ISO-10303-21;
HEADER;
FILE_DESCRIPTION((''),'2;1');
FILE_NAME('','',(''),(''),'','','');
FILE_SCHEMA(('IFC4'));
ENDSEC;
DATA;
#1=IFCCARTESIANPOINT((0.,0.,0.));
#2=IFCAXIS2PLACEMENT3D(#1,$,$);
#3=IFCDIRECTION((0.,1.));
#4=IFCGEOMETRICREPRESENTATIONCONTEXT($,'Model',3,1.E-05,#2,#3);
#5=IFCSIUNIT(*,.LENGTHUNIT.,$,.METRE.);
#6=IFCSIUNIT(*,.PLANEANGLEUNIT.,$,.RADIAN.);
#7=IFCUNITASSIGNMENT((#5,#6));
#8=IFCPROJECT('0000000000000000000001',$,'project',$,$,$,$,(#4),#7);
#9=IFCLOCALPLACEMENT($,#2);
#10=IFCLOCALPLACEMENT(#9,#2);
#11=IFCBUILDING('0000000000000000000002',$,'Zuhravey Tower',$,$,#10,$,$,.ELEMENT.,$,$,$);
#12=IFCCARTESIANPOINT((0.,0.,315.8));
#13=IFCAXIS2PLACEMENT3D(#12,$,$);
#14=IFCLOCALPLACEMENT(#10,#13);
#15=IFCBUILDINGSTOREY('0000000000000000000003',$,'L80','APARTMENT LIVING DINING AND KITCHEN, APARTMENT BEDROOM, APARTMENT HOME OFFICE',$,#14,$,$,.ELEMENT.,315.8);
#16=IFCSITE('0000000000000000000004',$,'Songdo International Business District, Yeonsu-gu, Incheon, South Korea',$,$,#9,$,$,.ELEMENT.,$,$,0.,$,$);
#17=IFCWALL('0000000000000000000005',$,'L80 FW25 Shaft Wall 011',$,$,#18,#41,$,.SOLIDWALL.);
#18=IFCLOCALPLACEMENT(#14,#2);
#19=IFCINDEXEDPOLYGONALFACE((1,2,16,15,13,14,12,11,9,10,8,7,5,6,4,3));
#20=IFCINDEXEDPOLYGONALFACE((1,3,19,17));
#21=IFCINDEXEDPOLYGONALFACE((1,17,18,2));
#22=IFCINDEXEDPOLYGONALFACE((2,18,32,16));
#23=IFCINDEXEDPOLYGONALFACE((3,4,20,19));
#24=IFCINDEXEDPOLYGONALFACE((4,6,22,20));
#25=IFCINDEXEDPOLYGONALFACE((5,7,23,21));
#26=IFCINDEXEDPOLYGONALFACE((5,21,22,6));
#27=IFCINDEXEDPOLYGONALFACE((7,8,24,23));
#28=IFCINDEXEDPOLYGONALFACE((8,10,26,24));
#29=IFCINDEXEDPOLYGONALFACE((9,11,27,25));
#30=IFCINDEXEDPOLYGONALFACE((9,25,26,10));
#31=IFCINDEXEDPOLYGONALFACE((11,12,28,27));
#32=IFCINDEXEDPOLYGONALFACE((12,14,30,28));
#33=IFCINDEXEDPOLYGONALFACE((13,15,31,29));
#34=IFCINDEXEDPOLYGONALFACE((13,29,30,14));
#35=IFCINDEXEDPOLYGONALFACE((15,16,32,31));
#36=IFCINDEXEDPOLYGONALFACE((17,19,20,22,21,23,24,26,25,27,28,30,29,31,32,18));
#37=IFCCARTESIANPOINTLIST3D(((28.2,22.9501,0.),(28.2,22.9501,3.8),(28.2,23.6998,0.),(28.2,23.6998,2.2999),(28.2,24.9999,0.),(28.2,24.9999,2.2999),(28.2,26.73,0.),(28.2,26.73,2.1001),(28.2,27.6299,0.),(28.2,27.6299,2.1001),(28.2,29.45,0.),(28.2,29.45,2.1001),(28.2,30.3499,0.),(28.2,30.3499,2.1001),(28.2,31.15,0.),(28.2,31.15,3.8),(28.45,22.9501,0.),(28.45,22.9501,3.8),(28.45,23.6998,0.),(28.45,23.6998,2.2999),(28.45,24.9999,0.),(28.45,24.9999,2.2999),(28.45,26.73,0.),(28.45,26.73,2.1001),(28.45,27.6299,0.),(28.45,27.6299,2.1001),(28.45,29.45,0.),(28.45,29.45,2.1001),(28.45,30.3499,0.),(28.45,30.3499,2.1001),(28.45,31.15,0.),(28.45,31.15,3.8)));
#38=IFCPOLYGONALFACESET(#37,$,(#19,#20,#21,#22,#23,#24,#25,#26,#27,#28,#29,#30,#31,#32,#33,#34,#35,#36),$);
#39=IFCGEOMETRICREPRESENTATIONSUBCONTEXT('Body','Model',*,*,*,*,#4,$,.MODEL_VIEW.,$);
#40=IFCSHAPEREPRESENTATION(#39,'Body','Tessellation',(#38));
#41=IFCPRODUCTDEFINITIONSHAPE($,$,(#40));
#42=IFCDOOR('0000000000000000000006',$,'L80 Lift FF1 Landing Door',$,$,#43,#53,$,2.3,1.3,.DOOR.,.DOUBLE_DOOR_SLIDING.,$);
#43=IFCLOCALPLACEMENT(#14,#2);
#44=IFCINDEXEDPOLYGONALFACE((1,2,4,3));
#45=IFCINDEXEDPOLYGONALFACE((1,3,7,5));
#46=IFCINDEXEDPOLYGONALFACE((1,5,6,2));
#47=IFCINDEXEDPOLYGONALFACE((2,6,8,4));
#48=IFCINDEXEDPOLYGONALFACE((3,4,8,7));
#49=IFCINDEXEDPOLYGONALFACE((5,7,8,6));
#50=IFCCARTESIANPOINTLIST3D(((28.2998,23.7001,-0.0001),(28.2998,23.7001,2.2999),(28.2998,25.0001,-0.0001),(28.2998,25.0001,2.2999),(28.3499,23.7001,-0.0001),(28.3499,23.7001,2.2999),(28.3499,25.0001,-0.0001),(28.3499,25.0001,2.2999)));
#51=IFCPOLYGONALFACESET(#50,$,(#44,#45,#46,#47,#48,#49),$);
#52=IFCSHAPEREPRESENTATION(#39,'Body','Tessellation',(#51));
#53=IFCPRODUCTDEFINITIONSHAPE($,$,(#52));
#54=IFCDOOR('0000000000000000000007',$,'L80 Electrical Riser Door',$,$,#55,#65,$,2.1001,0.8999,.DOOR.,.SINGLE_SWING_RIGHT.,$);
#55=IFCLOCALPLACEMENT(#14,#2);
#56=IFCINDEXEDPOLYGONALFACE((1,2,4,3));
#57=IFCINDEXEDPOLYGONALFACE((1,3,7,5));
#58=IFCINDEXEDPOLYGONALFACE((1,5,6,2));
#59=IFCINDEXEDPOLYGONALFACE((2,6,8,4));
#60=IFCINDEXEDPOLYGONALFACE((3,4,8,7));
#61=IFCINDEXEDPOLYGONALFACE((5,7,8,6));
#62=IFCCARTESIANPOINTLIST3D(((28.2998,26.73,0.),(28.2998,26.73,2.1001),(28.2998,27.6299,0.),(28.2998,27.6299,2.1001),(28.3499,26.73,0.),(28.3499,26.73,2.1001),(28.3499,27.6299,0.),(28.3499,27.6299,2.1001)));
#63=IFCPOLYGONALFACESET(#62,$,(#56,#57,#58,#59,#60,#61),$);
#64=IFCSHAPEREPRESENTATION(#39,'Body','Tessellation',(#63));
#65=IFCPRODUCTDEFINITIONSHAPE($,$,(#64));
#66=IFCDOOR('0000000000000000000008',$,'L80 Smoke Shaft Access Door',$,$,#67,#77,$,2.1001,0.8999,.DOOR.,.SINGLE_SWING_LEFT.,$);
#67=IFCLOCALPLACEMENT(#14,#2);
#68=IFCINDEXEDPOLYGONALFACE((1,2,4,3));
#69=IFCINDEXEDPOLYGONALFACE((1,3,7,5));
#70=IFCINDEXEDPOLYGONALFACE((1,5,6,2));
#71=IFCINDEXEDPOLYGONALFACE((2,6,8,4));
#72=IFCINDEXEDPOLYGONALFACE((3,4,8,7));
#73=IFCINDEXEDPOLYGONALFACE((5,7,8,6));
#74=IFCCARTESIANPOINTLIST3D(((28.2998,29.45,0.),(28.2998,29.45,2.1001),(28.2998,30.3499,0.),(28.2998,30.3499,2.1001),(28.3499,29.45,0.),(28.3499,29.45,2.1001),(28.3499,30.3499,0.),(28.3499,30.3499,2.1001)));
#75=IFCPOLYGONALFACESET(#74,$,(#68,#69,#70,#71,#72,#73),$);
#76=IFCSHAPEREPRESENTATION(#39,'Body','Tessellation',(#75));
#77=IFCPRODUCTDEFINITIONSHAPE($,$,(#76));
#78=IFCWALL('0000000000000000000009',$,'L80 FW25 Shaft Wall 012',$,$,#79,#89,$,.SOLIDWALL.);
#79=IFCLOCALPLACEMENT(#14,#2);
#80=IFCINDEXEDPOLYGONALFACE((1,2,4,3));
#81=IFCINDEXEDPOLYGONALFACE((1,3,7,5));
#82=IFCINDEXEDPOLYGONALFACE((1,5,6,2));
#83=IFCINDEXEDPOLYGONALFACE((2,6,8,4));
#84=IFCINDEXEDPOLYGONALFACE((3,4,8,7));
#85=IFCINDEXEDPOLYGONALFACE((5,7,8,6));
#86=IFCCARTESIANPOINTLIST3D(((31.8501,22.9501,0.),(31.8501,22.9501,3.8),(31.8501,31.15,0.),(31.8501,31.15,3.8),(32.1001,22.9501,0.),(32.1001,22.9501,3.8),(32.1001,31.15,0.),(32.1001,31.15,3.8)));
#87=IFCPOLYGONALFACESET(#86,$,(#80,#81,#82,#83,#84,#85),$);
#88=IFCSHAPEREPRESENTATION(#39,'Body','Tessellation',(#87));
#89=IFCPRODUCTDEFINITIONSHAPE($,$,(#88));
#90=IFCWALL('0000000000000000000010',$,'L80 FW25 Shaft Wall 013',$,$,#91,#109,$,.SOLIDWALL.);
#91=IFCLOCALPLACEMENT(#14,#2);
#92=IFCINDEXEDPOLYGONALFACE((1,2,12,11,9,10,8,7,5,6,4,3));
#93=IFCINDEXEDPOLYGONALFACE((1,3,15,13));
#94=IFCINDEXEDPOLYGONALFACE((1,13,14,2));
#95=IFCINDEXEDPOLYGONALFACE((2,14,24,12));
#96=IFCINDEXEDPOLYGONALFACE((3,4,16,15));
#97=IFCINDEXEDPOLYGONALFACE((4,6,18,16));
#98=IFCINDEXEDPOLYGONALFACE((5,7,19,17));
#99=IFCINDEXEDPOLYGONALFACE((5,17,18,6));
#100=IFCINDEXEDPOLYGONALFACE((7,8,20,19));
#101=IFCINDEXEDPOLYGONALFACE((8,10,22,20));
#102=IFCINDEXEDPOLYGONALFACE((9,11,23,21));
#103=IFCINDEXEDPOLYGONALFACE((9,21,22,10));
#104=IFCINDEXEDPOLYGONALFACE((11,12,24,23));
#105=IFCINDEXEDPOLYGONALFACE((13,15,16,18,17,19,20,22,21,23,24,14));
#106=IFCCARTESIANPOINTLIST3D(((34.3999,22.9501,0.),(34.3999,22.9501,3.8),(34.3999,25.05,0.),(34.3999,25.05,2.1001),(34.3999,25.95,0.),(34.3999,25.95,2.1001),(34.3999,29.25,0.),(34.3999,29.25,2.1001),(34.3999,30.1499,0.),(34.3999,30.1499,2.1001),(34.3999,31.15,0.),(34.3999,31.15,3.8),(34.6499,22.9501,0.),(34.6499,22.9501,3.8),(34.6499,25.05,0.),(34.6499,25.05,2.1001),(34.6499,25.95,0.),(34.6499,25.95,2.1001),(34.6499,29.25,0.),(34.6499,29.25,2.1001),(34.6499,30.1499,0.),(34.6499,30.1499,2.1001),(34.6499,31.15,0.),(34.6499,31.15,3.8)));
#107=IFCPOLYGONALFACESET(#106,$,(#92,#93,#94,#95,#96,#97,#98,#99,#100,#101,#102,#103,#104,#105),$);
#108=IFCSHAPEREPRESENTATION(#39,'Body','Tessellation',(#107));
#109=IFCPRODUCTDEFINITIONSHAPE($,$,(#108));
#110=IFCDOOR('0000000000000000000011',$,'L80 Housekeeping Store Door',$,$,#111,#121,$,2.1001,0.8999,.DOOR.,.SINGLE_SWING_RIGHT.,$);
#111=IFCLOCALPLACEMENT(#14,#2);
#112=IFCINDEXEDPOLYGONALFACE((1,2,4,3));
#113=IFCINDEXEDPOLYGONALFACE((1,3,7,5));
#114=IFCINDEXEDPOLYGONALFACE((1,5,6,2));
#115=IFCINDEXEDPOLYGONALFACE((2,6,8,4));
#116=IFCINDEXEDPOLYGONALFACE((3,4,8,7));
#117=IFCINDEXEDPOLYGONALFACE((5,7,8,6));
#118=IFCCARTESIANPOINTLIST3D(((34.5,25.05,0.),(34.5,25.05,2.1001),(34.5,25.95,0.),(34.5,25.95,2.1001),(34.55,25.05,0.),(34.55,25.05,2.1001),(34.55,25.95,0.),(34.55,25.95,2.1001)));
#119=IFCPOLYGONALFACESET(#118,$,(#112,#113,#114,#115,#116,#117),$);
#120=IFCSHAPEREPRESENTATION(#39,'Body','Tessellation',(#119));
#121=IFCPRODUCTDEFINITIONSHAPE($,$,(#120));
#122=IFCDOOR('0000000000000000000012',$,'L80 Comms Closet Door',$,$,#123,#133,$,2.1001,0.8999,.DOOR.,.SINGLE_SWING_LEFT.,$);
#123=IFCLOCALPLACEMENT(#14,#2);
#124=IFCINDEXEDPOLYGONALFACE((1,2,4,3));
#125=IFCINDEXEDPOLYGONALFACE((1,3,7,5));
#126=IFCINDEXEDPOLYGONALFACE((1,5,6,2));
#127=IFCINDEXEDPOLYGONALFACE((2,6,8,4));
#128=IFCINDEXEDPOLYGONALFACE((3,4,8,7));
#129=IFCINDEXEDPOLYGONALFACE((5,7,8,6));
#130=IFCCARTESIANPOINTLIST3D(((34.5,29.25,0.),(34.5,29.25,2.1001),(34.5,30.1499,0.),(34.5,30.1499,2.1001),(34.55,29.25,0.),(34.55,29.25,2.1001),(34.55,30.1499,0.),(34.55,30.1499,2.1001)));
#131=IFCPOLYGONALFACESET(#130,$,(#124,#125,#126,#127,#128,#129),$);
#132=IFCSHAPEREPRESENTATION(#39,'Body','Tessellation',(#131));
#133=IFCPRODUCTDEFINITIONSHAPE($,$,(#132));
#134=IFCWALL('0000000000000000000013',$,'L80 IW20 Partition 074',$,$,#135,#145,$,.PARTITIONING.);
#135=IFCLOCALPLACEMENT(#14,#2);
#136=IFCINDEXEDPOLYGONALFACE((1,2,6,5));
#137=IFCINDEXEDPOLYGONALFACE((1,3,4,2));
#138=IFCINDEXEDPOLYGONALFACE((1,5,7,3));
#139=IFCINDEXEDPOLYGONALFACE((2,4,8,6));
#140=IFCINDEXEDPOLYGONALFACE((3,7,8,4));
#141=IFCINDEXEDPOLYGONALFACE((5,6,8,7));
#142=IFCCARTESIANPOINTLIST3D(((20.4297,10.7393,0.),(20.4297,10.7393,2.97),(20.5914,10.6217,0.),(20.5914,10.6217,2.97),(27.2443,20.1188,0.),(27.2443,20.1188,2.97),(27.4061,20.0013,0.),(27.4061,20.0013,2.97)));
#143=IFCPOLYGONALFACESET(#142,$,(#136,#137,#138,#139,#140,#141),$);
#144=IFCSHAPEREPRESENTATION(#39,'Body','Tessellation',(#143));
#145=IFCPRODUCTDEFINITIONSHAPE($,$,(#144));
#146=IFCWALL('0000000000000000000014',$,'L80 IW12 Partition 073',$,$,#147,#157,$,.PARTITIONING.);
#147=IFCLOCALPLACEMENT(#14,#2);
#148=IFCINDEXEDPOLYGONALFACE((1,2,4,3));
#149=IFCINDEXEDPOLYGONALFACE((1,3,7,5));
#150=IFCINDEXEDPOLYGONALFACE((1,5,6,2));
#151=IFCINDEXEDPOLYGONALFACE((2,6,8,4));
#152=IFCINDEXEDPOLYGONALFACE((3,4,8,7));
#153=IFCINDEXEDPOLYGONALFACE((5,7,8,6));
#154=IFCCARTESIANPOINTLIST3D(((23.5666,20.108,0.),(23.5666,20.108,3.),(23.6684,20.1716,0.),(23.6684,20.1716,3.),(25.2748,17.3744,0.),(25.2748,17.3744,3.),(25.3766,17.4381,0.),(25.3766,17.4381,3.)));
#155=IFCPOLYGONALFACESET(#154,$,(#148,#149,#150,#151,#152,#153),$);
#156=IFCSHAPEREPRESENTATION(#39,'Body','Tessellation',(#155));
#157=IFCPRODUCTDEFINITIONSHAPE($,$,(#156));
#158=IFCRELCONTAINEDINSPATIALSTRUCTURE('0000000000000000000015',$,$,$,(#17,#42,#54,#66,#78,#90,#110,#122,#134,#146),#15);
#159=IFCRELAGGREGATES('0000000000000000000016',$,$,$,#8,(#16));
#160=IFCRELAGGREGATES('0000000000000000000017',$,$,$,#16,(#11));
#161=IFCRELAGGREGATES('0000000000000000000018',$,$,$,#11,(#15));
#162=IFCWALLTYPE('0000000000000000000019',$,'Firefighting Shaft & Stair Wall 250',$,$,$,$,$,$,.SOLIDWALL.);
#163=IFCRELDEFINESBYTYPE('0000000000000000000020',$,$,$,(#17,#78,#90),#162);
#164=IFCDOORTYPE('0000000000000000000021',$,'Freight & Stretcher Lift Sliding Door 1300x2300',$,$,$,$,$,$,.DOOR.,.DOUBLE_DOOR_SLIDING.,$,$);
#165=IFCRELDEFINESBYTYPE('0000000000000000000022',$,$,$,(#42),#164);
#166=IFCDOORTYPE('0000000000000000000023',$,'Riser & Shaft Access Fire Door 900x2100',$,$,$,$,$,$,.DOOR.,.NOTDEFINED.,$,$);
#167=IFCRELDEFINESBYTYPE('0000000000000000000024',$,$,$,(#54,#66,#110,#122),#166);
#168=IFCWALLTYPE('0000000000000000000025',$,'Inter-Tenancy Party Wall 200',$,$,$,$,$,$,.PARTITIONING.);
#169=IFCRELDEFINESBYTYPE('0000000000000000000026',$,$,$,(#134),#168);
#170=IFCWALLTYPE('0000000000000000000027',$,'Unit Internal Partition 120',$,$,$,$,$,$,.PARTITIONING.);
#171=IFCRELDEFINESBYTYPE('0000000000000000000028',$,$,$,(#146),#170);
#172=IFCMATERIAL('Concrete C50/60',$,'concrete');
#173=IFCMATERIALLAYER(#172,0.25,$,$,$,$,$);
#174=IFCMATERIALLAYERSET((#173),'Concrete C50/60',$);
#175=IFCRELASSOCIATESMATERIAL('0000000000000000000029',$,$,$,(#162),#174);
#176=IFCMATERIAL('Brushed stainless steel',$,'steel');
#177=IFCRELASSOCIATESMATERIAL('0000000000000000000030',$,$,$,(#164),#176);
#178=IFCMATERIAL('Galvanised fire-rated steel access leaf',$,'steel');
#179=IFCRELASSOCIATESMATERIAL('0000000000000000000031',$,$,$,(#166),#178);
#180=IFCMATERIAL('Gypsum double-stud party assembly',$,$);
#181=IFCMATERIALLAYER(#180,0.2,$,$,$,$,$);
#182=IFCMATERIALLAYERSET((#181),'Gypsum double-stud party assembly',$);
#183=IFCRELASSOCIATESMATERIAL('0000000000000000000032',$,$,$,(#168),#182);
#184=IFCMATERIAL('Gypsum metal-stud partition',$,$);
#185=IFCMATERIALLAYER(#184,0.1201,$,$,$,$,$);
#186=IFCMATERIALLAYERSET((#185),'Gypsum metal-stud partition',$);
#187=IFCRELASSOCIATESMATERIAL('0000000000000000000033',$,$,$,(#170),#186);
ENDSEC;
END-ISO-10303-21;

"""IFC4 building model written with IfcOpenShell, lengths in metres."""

from ifc_helpers import new_model, si_unit, direction, frame, frame_2d, origin, place, context, subcontext, project, spatial, rectangle, extrude, material, layer, layer_set, type_object, element, fill, save


model = new_model("IFC4")

# Units and contexts
model_context = context("Model", 3, precision=1e-05, world=origin(), true_north=direction((0.0, 1.0)))
body_context = subcontext(model_context, "Body", "Model", "MODEL_VIEW")
ifc_project = project(units=[si_unit("LENGTHUNIT", "METRE"), si_unit("PLANEANGLEUNIT", "RADIAN")], contexts=[model_context])

# Site, building, storey
site_placement = place(None, origin())
site = spatial("IfcSite", under=ifc_project, at=site_placement, Name="Songdo International Business District, Yeonsu-gu, Incheon, South Korea", CompositionType="ELEMENT", RefElevation=0.0)
building_placement = place(site_placement, origin())
building = spatial("IfcBuilding", under=site, at=building_placement, Name="Zuhravey Tower", CompositionType="ELEMENT")
storey_placement = place(building_placement, frame((0.0, 0.0, 315.8)))
storey = spatial("IfcBuildingStorey", under=building, at=storey_placement, Name="L80", Description="APARTMENT LIVING DINING AND KITCHEN, APARTMENT BEDROOM, APARTMENT HOME OFFICE", CompositionType="ELEMENT", Elevation=315.8)

# Shared definitions
ifc_material_1 = material(Name="Concrete C50/60", Category="concrete")

# Wall, openings, doors
ifc_layer_1 = layer(ifc_material_1, 0.25)
ifc_layer_set_1 = layer_set([ifc_layer_1], Name="Concrete C50/60")
wall_type_1 = type_object("IfcWallType", Name="Firefighting Shaft & Stair Wall 250", PredefinedType="SOLIDWALL", material=ifc_layer_set_1)
wall_1_placement = place(storey_placement, frame((28.325, 22.95, 0.0), z_axis=(0.0, 0.0, 1.0), x_axis=(0.0, 1.0, 0.0)))
wall_1 = element("IfcWall", 1, at=wall_1_placement, inside=storey, type_object=wall_type_1, Name="L80 FW25 Shaft Wall 011", PredefinedType="SOLIDWALL", context=body_context, shape_type="SweptSolid", body=[
    extrude(rectangle(XDim=8.2, YDim=0.25, at=frame_2d((4.1001, 0.0))), origin(), (0.0, 0.0, 1.0), 3.8),
])
opening_1_placement = place(wall_1_placement, frame((0.75, 0.0, 0.0)))
opening_1 = element("IfcOpeningElement", 2, at=opening_1_placement, cuts=wall_1, PredefinedType="OPENING", context=body_context, shape_type="SweptSolid", body=[
    extrude(rectangle(XDim=1.3, YDim=2.3, at=frame_2d((0.6499, 1.1499))), frame((0.0, 0.137, 0.0), z_axis=(0.0, -1.0, 0.0), x_axis=(1.0, 0.0, 0.0)), (0.0, 0.0, 1.0), 0.2739),
])
opening_2_placement = place(wall_1_placement, frame((3.78, 0.0, 0.0)))
opening_2 = element("IfcOpeningElement", 3, at=opening_2_placement, cuts=wall_1, PredefinedType="OPENING", context=body_context, shape_type="SweptSolid", body=[
    extrude(rectangle(XDim=0.8999, YDim=2.1001, at=frame_2d((0.45, 1.05))), frame((0.0, 0.137, 0.0), z_axis=(0.0, -1.0, 0.0), x_axis=(1.0, 0.0, 0.0)), (0.0, 0.0, 1.0), 0.2739),
])
opening_3_placement = place(wall_1_placement, frame((6.5, 0.0, 0.0)))
opening_3 = element("IfcOpeningElement", 4, at=opening_3_placement, cuts=wall_1, PredefinedType="OPENING", context=body_context, shape_type="SweptSolid", body=[
    extrude(rectangle(XDim=0.8999, YDim=2.1001, at=frame_2d((0.45, 1.05))), frame((0.0, 0.137, 0.0), z_axis=(0.0, -1.0, 0.0), x_axis=(1.0, 0.0, 0.0)), (0.0, 0.0, 1.0), 0.2739),
])
ifc_material_2 = material(Name="Brushed stainless steel", Category="steel")
door_type_1 = type_object("IfcDoorType", Name="Freight & Stretcher Lift Sliding Door 1300x2300", OperationType="DOUBLE_DOOR_SLIDING", PredefinedType="DOOR", material=ifc_material_2)
door_1_placement = place(opening_1_placement, frame((1.3, 0.0, 0.0), z_axis=(0.0, 0.0, 1.0), x_axis=(-1.0, 0.0, 0.0)))
door_1 = element("IfcDoor", 5, at=door_1_placement, inside=storey, type_object=door_type_1, Name="L80 Lift FF1 Landing Door", OperationType="DOUBLE_DOOR_SLIDING", OverallHeight=2.3, OverallWidth=1.3, PredefinedType="DOOR", context=body_context, shape_type="SweptSolid", body=[
    extrude(rectangle(XDim=1.3, YDim=2.3, at=frame_2d((0.6499, 1.1499))), frame((0.0, 0.0249, 0.0), z_axis=(0.0, -1.0, 0.0), x_axis=(1.0, 0.0, 0.0)), (0.0, 0.0, 1.0), 0.05),
])
fill(opening_1, door_1)
ifc_material_3 = material(Name="Galvanised fire-rated steel access leaf", Category="steel")
door_type_2 = type_object("IfcDoorType", Name="Riser & Shaft Access Fire Door 900x2100", OperationType="NOTDEFINED", PredefinedType="DOOR", material=ifc_material_3)
door_2_placement = place(opening_2_placement, frame((0.8999, 0.0, 0.0), z_axis=(0.0, 0.0, 1.0), x_axis=(-1.0, 0.0, 0.0)))
door_2 = element("IfcDoor", 6, at=door_2_placement, inside=storey, type_object=door_type_2, Name="L80 Electrical Riser Door", OperationType="SINGLE_SWING_RIGHT", OverallHeight=2.1001, OverallWidth=0.8999, PredefinedType="DOOR", context=body_context, shape_type="SweptSolid", body=[
    extrude(rectangle(XDim=0.8999, YDim=2.1001, at=frame_2d((0.45, 1.05))), frame((0.0, 0.0249, 0.0), z_axis=(0.0, -1.0, 0.0), x_axis=(1.0, 0.0, 0.0)), (0.0, 0.0, 1.0), 0.05),
])
fill(opening_2, door_2)
door_3_placement = place(opening_3_placement, frame((0.8999, 0.0, 0.0), z_axis=(0.0, 0.0, 1.0), x_axis=(-1.0, 0.0, 0.0)))
door_3 = element("IfcDoor", 7, at=door_3_placement, inside=storey, type_object=door_type_2, Name="L80 Smoke Shaft Access Door", OperationType="SINGLE_SWING_LEFT", OverallHeight=2.1001, OverallWidth=0.8999, PredefinedType="DOOR", context=body_context, shape_type="SweptSolid", body=[
    extrude(rectangle(XDim=0.8999, YDim=2.1001, at=frame_2d((0.45, 1.05))), frame((0.0, 0.0249, 0.0), z_axis=(0.0, -1.0, 0.0), x_axis=(1.0, 0.0, 0.0)), (0.0, 0.0, 1.0), 0.05),
])
fill(opening_3, door_3)

# Wall
wall_2_placement = place(storey_placement, frame((31.9751, 22.95, 0.0), z_axis=(0.0, 0.0, 1.0), x_axis=(0.0, 1.0, 0.0)))
element("IfcWall", 8, at=wall_2_placement, inside=storey, type_object=wall_type_1, Name="L80 FW25 Shaft Wall 012", PredefinedType="SOLIDWALL", context=body_context, shape_type="SweptSolid", body=[
    extrude(rectangle(XDim=8.2, YDim=0.25, at=frame_2d((4.1001, 0.0))), origin(), (0.0, 0.0, 1.0), 3.8),
])

# Wall, openings, doors
wall_3_placement = place(storey_placement, frame((34.5249, 22.95, 0.0), z_axis=(0.0, 0.0, 1.0), x_axis=(0.0, 1.0, 0.0)))
wall_3 = element("IfcWall", 9, at=wall_3_placement, inside=storey, type_object=wall_type_1, Name="L80 FW25 Shaft Wall 013", PredefinedType="SOLIDWALL", context=body_context, shape_type="SweptSolid", body=[
    extrude(rectangle(XDim=8.2, YDim=0.25, at=frame_2d((4.1001, 0.0))), origin(), (0.0, 0.0, 1.0), 3.8),
])
opening_4_placement = place(wall_3_placement, frame((2.1001, 0.0, 0.0)))
opening_4 = element("IfcOpeningElement", 10, at=opening_4_placement, cuts=wall_3, PredefinedType="OPENING", context=body_context, shape_type="SweptSolid", body=[
    extrude(rectangle(XDim=0.8999, YDim=2.1001, at=frame_2d((0.45, 1.05))), frame((0.0, 0.137, 0.0), z_axis=(0.0, -1.0, 0.0), x_axis=(1.0, 0.0, 0.0)), (0.0, 0.0, 1.0), 0.2739),
])
opening_5_placement = place(wall_3_placement, frame((6.3, 0.0, 0.0)))
opening_5 = element("IfcOpeningElement", 11, at=opening_5_placement, cuts=wall_3, PredefinedType="OPENING", context=body_context, shape_type="SweptSolid", body=[
    extrude(rectangle(XDim=0.8999, YDim=2.1001, at=frame_2d((0.45, 1.05))), frame((0.0, 0.137, 0.0), z_axis=(0.0, -1.0, 0.0), x_axis=(1.0, 0.0, 0.0)), (0.0, 0.0, 1.0), 0.2739),
])
door_4_placement = place(opening_4_placement, origin())
door_4 = element("IfcDoor", 12, at=door_4_placement, inside=storey, type_object=door_type_2, Name="L80 Housekeeping Store Door", OperationType="SINGLE_SWING_RIGHT", OverallHeight=2.1001, OverallWidth=0.8999, PredefinedType="DOOR", context=body_context, shape_type="SweptSolid", body=[
    extrude(rectangle(XDim=0.8999, YDim=2.1001, at=frame_2d((0.45, 1.05))), frame((0.0, 0.0249, 0.0), z_axis=(0.0, -1.0, 0.0), x_axis=(1.0, 0.0, 0.0)), (0.0, 0.0, 1.0), 0.05),
])
fill(opening_4, door_4)
door_5_placement = place(opening_5_placement, origin())
door_5 = element("IfcDoor", 13, at=door_5_placement, inside=storey, type_object=door_type_2, Name="L80 Comms Closet Door", OperationType="SINGLE_SWING_LEFT", OverallHeight=2.1001, OverallWidth=0.8999, PredefinedType="DOOR", context=body_context, shape_type="SweptSolid", body=[
    extrude(rectangle(XDim=0.8999, YDim=2.1001, at=frame_2d((0.45, 1.05))), frame((0.0, 0.0249, 0.0), z_axis=(0.0, -1.0, 0.0), x_axis=(1.0, 0.0, 0.0)), (0.0, 0.0, 1.0), 0.05),
])
fill(opening_5, door_5)

# Walls
ifc_material_4 = material(Name="Gypsum double-stud party assembly")
ifc_layer_2 = layer(ifc_material_4, 0.2)
ifc_layer_set_2 = layer_set([ifc_layer_2], Name="Gypsum double-stud party assembly")
wall_type_2 = type_object("IfcWallType", Name="Inter-Tenancy Party Wall 200", PredefinedType="PARTITIONING", material=ifc_layer_set_2)
wall_4_placement = place(storey_placement, frame((27.3252, 20.0601, 0.0), z_axis=(0.0, 0.0, 1.0), x_axis=(-0.587785, -0.809017, 0.0)))
element("IfcWall", 14, at=wall_4_placement, inside=storey, type_object=wall_type_2, Name="L80 IW20 Partition 074", PredefinedType="PARTITIONING", context=body_context, shape_type="SweptSolid", body=[
    extrude(rectangle(XDim=11.5938, YDim=0.2, at=frame_2d((5.7969, 0.0))), origin(), (0.0, 0.0, 1.0), 2.97),
])
ifc_material_5 = material(Name="Gypsum metal-stud partition")
ifc_layer_3 = layer(ifc_material_5, 0.1201)
ifc_layer_set_3 = layer_set([ifc_layer_3], Name="Gypsum metal-stud partition")
wall_type_3 = type_object("IfcWallType", Name="Unit Internal Partition 120", PredefinedType="PARTITIONING", material=ifc_layer_set_3)
wall_5_placement = place(storey_placement, frame((23.6174, 20.1399, 0.0), z_axis=(0.0, 0.0, 1.0), x_axis=(0.529938, -0.848037, 0.0)))
element("IfcWall", 15, at=wall_5_placement, inside=storey, type_object=wall_type_3, Name="L80 IW12 Partition 073", PredefinedType="PARTITIONING", context=body_context, shape_type="SweptSolid", body=[
    extrude(rectangle(XDim=3.2234, YDim=0.1201, at=frame_2d((1.6118, 0.0))), origin(), (0.0, 0.0, 1.0), 3.0),
])

save(model, "model.ifc")
